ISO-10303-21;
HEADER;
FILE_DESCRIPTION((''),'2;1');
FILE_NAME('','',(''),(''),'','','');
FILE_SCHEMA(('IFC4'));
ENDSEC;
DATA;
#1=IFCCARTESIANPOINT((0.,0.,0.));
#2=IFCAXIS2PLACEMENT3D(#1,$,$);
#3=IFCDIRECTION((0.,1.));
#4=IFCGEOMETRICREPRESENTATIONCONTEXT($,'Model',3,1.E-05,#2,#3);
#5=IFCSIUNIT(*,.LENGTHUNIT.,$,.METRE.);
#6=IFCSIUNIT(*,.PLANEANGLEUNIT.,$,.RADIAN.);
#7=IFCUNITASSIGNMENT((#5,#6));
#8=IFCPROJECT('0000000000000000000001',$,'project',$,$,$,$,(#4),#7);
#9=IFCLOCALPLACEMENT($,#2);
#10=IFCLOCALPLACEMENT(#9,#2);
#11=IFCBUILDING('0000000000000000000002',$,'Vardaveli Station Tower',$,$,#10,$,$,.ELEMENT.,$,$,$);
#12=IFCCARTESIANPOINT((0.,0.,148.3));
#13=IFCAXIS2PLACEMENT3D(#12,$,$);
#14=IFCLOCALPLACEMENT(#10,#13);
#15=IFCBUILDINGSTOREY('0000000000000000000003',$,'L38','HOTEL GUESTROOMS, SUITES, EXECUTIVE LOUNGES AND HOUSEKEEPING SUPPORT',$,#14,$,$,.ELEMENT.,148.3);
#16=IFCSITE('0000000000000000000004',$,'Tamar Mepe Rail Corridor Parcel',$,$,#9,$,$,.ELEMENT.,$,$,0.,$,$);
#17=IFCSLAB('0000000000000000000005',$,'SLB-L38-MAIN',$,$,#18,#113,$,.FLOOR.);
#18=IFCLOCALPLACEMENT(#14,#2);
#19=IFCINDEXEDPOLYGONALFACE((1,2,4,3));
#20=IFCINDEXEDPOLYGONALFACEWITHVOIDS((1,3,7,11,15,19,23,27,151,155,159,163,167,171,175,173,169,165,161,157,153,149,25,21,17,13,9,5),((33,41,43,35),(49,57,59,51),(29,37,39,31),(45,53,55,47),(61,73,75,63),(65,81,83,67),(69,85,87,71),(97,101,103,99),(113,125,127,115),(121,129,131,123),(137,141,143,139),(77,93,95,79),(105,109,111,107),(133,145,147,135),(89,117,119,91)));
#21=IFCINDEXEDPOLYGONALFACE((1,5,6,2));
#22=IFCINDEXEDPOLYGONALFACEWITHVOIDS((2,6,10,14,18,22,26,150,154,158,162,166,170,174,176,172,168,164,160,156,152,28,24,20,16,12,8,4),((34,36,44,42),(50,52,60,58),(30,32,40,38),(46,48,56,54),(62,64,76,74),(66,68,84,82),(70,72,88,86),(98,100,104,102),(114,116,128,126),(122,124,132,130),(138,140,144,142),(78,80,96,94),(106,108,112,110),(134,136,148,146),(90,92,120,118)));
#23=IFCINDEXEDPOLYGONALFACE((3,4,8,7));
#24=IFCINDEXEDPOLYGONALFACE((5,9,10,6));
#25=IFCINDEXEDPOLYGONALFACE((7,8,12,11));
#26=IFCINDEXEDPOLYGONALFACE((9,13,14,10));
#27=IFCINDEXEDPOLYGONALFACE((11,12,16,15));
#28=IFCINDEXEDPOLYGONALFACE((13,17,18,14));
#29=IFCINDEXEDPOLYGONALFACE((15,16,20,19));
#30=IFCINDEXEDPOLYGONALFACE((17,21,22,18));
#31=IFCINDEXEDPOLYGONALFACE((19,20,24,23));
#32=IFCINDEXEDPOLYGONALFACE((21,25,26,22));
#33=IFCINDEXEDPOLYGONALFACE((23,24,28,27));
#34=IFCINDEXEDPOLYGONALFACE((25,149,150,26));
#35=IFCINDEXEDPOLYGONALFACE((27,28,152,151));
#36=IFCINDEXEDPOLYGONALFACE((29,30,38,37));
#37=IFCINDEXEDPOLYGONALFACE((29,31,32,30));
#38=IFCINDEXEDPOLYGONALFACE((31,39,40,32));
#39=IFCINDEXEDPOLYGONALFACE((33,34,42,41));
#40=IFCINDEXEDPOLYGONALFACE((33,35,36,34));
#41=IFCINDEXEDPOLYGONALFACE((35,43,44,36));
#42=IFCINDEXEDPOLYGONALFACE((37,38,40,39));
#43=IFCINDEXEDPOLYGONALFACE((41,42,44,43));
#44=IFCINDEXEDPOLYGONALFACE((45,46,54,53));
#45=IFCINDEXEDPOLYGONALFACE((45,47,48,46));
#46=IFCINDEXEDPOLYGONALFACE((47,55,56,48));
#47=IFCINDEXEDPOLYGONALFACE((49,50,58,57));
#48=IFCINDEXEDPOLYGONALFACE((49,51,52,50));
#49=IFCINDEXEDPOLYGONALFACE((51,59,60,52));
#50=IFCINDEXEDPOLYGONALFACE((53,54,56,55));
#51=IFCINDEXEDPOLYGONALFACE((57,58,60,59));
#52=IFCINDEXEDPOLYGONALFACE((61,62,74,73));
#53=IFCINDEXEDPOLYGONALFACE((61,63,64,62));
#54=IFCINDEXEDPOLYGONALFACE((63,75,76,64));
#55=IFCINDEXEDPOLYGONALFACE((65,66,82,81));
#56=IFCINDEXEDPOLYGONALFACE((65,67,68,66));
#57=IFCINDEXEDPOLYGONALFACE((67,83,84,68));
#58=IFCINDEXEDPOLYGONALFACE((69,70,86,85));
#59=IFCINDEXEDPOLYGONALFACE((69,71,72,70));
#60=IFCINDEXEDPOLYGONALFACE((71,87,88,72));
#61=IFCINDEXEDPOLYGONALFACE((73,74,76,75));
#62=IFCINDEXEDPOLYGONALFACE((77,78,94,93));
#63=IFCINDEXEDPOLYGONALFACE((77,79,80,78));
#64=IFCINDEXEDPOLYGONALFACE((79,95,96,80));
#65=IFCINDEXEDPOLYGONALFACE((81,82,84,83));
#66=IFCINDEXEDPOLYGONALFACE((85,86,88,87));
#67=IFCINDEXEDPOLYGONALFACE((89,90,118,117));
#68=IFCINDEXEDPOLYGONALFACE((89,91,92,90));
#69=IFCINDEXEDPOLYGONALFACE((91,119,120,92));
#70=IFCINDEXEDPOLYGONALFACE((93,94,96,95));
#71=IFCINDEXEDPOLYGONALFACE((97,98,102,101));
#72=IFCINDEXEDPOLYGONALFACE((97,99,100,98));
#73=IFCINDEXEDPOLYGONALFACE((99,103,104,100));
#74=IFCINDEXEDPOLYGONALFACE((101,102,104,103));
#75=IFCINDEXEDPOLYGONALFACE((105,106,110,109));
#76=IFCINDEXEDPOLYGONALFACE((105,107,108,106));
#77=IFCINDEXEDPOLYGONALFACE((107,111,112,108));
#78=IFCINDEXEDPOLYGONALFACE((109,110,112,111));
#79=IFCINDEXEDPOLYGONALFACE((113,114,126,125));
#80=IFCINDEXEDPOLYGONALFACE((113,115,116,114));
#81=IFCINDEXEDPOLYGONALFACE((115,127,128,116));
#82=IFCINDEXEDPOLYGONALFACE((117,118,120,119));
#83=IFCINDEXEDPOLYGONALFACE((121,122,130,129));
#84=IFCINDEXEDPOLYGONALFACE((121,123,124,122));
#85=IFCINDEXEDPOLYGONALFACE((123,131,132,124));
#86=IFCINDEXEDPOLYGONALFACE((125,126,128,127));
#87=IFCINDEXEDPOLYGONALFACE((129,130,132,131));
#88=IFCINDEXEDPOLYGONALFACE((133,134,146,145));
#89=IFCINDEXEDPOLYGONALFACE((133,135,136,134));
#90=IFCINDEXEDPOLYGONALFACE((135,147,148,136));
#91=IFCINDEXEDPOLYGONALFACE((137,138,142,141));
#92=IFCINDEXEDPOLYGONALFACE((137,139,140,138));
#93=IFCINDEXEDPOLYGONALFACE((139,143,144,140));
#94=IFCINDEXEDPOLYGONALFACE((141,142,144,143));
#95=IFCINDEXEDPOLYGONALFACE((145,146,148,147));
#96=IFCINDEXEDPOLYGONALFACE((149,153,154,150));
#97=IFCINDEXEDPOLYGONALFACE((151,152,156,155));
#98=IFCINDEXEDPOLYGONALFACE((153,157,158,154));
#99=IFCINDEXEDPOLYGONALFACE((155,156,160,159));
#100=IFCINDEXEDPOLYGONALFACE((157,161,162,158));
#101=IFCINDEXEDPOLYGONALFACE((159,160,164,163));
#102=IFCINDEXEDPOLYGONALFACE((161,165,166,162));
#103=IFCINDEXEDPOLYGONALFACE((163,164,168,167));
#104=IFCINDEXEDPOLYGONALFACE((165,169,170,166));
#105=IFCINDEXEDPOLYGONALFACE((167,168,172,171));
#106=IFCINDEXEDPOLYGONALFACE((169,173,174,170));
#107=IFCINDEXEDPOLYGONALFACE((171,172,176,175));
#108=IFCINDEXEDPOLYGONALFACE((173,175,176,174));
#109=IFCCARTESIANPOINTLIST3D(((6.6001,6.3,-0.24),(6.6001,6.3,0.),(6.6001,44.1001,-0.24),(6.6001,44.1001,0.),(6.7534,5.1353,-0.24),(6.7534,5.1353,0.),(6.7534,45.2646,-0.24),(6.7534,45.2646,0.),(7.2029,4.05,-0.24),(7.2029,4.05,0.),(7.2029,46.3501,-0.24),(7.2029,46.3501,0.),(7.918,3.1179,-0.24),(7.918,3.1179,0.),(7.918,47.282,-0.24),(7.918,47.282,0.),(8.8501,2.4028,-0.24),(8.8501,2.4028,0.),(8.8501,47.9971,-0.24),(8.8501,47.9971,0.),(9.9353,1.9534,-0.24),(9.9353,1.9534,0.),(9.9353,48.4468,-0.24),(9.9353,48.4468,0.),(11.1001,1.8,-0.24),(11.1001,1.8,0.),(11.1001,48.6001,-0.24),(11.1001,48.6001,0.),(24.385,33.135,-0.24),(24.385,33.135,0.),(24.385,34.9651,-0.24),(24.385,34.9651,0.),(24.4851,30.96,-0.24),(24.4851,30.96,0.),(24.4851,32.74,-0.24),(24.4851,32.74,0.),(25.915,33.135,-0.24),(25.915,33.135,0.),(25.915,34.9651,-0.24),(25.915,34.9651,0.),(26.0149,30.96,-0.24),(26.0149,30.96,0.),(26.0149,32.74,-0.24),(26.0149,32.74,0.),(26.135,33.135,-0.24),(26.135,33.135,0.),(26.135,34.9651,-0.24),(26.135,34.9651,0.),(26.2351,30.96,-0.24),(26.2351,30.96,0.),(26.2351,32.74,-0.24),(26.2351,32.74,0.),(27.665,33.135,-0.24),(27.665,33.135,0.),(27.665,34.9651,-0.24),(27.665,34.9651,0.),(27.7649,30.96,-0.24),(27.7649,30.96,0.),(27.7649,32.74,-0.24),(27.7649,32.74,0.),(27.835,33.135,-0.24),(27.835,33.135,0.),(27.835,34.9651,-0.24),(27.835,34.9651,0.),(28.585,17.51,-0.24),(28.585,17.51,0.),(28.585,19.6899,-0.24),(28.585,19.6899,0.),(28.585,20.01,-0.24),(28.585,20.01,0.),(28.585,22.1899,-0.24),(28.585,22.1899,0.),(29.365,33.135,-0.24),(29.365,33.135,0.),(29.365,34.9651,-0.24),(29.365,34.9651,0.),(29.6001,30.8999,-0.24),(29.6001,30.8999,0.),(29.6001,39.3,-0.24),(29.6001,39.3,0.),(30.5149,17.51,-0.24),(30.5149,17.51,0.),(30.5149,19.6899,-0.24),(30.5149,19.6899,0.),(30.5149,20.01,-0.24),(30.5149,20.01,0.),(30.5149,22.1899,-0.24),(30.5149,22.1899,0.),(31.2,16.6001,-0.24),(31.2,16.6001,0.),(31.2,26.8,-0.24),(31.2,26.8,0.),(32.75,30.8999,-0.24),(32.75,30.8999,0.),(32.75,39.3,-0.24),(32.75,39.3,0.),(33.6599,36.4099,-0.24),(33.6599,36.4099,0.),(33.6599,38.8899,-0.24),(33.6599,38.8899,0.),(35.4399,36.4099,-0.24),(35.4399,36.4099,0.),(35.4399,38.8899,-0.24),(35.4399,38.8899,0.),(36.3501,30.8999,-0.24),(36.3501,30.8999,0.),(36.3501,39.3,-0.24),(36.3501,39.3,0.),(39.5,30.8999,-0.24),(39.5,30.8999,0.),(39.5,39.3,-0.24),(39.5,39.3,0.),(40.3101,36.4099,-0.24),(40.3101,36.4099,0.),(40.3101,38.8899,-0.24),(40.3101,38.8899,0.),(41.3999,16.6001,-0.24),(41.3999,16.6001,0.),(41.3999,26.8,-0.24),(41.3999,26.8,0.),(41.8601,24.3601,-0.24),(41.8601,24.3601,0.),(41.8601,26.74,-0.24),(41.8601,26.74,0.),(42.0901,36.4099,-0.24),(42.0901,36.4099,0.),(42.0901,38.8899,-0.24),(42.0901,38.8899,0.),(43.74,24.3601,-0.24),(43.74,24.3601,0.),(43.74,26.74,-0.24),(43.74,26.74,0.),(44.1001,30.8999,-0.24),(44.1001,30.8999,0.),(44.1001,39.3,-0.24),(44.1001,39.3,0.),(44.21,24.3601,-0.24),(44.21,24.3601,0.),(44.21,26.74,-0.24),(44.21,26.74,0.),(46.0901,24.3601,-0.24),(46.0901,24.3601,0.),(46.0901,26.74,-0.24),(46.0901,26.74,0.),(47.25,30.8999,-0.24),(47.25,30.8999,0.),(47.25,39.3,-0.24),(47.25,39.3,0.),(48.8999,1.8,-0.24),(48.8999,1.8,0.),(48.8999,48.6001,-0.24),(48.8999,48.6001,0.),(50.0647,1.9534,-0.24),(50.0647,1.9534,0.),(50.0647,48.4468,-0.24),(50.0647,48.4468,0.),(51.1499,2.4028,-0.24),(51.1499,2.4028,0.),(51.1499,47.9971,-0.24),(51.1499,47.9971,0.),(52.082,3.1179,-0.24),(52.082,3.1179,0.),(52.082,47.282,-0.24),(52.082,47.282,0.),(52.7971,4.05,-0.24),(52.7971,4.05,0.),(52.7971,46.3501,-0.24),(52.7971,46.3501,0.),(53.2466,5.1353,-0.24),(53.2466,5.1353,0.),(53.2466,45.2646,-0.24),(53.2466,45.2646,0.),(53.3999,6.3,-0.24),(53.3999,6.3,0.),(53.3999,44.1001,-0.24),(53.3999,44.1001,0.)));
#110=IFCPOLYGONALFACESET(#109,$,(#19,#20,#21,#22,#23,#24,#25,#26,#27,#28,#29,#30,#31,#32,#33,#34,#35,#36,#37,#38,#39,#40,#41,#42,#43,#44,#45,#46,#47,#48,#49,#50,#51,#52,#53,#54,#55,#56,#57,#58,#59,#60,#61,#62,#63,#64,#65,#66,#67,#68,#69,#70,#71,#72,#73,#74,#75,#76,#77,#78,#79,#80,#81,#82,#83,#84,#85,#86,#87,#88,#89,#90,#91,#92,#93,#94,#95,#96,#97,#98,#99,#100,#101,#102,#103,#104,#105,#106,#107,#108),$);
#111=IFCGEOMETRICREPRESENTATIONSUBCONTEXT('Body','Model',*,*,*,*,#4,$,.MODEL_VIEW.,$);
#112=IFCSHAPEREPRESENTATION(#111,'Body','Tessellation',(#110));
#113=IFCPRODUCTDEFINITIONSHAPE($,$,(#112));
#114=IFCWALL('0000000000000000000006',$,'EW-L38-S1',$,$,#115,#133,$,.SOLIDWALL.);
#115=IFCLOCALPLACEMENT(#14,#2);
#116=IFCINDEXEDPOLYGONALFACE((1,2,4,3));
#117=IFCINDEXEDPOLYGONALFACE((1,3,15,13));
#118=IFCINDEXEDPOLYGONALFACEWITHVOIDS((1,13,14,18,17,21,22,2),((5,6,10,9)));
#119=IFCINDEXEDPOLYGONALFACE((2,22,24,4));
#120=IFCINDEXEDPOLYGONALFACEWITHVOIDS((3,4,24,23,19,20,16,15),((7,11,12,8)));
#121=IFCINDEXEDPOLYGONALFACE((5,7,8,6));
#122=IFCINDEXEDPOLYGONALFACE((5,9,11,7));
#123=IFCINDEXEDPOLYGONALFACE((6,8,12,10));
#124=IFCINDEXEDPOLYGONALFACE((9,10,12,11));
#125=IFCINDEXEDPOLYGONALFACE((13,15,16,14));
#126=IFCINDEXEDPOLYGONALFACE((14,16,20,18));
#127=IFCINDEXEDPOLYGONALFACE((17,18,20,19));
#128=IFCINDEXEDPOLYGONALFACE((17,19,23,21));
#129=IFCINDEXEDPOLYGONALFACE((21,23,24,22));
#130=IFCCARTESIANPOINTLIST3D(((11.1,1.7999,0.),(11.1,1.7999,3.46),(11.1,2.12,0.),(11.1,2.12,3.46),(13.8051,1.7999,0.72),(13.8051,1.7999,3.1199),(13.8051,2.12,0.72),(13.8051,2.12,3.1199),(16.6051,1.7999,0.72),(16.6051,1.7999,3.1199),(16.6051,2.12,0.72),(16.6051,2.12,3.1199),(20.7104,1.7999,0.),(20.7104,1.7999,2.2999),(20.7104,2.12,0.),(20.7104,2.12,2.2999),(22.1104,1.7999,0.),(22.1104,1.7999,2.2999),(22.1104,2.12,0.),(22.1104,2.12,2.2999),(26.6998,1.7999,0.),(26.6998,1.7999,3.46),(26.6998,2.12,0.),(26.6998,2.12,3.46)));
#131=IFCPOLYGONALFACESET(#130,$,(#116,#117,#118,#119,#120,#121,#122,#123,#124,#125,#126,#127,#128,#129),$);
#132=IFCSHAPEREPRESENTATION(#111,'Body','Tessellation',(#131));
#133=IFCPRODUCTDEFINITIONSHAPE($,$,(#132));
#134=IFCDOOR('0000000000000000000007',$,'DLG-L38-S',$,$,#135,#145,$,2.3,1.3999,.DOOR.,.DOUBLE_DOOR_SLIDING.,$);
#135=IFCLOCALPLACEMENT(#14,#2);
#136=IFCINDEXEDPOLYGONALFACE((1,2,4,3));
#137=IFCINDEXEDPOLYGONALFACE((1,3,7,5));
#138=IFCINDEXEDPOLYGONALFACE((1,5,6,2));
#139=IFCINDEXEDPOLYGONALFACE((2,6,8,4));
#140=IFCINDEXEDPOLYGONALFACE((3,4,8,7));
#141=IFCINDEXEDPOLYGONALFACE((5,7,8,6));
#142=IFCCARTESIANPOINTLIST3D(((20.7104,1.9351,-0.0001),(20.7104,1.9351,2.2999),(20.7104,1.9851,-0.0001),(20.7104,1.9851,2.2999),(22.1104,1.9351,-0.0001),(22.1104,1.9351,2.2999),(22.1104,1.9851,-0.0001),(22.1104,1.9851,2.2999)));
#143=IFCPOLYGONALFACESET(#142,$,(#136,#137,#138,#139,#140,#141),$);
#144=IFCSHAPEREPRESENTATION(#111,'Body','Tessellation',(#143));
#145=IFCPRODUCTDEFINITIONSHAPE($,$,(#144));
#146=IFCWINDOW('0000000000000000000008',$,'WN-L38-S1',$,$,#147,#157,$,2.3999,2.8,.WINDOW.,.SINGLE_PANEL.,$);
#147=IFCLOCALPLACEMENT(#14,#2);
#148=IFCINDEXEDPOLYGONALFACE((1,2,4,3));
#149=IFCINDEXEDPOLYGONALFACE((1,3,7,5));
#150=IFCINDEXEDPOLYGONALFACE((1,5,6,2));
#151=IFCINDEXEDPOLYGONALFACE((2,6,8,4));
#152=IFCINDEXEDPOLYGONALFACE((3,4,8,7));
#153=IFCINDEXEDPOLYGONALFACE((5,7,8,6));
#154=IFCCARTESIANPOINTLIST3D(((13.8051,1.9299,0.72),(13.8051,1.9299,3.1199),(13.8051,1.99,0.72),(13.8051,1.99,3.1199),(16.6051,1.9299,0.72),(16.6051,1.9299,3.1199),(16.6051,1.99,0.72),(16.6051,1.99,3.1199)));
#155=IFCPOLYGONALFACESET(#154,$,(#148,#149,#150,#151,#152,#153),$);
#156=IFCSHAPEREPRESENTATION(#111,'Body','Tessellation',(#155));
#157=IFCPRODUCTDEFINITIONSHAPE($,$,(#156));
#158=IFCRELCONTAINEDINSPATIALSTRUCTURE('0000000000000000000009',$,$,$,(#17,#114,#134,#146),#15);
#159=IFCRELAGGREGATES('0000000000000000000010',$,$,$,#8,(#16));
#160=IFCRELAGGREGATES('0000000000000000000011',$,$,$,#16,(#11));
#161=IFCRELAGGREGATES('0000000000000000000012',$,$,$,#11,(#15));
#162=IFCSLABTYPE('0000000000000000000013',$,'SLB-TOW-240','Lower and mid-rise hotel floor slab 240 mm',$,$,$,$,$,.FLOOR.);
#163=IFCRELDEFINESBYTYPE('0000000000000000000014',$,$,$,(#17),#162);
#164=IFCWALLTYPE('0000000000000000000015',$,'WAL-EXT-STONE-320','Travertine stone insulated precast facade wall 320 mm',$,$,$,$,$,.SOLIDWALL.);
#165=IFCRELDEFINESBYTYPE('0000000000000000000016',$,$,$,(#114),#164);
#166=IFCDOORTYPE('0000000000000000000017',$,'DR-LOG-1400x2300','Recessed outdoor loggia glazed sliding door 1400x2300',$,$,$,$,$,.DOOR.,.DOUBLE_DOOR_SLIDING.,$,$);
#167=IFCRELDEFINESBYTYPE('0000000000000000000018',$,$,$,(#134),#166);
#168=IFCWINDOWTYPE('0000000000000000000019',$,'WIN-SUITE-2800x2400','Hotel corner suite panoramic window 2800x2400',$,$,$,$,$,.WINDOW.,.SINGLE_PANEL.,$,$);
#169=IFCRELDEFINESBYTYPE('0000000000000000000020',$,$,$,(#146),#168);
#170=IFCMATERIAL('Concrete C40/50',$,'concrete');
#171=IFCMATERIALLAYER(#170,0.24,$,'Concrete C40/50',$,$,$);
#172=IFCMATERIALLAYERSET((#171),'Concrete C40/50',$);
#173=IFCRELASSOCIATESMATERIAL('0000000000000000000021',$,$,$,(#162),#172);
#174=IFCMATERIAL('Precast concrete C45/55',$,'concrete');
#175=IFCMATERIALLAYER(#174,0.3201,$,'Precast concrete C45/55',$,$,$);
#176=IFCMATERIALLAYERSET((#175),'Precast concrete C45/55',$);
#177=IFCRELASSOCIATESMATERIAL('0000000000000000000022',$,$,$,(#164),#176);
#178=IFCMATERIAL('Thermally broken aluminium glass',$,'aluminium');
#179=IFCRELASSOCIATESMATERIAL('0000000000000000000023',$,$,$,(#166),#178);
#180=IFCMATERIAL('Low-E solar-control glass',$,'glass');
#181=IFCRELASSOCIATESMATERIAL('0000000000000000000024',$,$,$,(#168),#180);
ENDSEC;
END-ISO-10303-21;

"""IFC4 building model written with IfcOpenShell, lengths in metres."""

from ifc_helpers import new_model, si_unit, direction, frame, frame_2d, origin, place, context, subcontext, project, spatial, polyline, rectangle, outline, extrude, source, transform, mapped, material, layer, layer_set, type_object, element, fill, save


model = new_model("IFC4")

# Units and contexts
model_context = context("Model", 3, precision=1e-05, world=origin(), true_north=direction((0.0, 1.0)))
body_context = subcontext(model_context, "Body", "Model", "MODEL_VIEW")
ifc_project = project(units=[si_unit("LENGTHUNIT", "METRE"), si_unit("PLANEANGLEUNIT", "RADIAN")], contexts=[model_context])

# Site, building, storey
site_placement = place(None, origin())
site = spatial("IfcSite", under=ifc_project, at=site_placement, Name="Tamar Mepe Rail Corridor Parcel", CompositionType="ELEMENT", RefElevation=0.0)
building_placement = place(site_placement, origin())
building = spatial("IfcBuilding", under=site, at=building_placement, Name="Vardaveli Station Tower", CompositionType="ELEMENT")
storey_placement = place(building_placement, frame((0.0, 0.0, 148.3)))
storey = spatial("IfcBuildingStorey", under=building, at=storey_placement, Name="L38", Description="HOTEL GUESTROOMS, SUITES, EXECUTIVE LOUNGES AND HOUSEKEEPING SUPPORT", CompositionType="ELEMENT", Elevation=148.3)

# Shared definitions
ifc_material_1 = material(Name="Concrete C40/50", Category="concrete")

# Slab
ifc_material_2 = material(Name="Precast concrete C45/55", Category="concrete")
ifc_layer_1 = layer(ifc_material_1, 0.24, Name="Concrete C40/50")
ifc_layer_set_1 = layer_set([ifc_layer_1], Name="Concrete C40/50")
slab_type_1 = type_object("IfcSlabType", Name="SLB-TOW-240", Description="Lower and mid-rise hotel floor slab 240 mm", PredefinedType="FLOOR", material=ifc_layer_set_1)
slab_1_placement = place(storey_placement, frame((0.0, 0.0, -0.24)))
element("IfcSlab", 1, at=slab_1_placement, inside=storey, type_object=slab_type_1, Name="SLB-L38-MAIN", PredefinedType="FLOOR", context=body_context, shape_type="SweptSolid", body=[
    extrude(outline(polyline([(6.6001, 6.3), (6.7534, 5.1353), (7.2029, 4.05), (7.918, 3.1179), (8.8501, 2.4028), (9.9353, 1.9534), (11.1001, 1.8), (48.8999, 1.8), (50.0647, 1.9534), (51.1499, 2.4028), (52.082, 3.1179), (52.7971, 4.05), (53.2466, 5.1353), (53.3999, 6.3), (53.3999, 44.1001), (53.2466, 45.2646), (52.7971, 46.3501), (52.082, 47.282), (51.1499, 47.9971), (50.0647, 48.4468), (48.8999, 48.6001), (11.1001, 48.6001), (9.9353, 48.4468), (8.8501, 47.9971), (7.918, 47.282), (7.2029, 46.3501), (6.7534, 45.2646), (6.6001, 44.1001), (6.6001, 6.3)]), holes=[polyline([(31.2, 16.6001), (41.3999, 16.6001), (41.3999, 26.8), (31.2, 26.8), (31.2, 16.6001)]), polyline([(32.75, 30.8999), (32.75, 39.3), (29.6001, 39.3), (29.6001, 30.8999), (32.75, 30.8999)]), polyline([(39.5, 30.8999), (39.5, 39.3), (36.3501, 39.3), (36.3501, 30.8999), (39.5, 30.8999)]), polyline([(47.25, 30.8999), (47.25, 39.3), (44.1001, 39.3), (44.1001, 30.8999), (47.25, 30.8999)]), polyline([(24.385, 33.135), (25.915, 33.135), (25.915, 34.9651), (24.385, 34.9651), (24.385, 33.135)]), polyline([(26.135, 33.135), (27.665, 33.135), (27.665, 34.9651), (26.135, 34.9651), (26.135, 33.135)]), polyline([(27.835, 33.135), (29.365, 33.135), (29.365, 34.9651), (27.835, 34.9651), (27.835, 33.135)]), polyline([(33.6599, 36.4099), (35.4399, 36.4099), (35.4399, 38.8899), (33.6599, 38.8899), (33.6599, 36.4099)]), polyline([(40.3101, 36.4099), (42.0901, 36.4099), (42.0901, 38.8899), (40.3101, 38.8899), (40.3101, 36.4099)]), polyline([(24.4851, 30.96), (26.0149, 30.96), (26.0149, 32.74), (24.4851, 32.74), (24.4851, 30.96)]), polyline([(26.2351, 30.96), (27.7649, 30.96), (27.7649, 32.74), (26.2351, 32.74), (26.2351, 30.96)]), polyline([(28.585, 17.51), (30.5149, 17.51), (30.5149, 19.6899), (28.585, 19.6899), (28.585, 17.51)]), polyline([(28.585, 20.01), (30.5149, 20.01), (30.5149, 22.1899), (28.585, 22.1899), (28.585, 20.01)]), polyline([(41.8601, 24.3601), (43.74, 24.3601), (43.74, 26.74), (41.8601, 26.74), (41.8601, 24.3601)]), polyline([(44.21, 24.3601), (46.0901, 24.3601), (46.0901, 26.74), (44.21, 26.74), (44.21, 24.3601)])]), origin(), (0.0, 0.0, 1.0), 0.24),
])

# Wall, openings, door, window
ifc_layer_2 = layer(ifc_material_2, 0.3201, Name="Precast concrete C45/55")
ifc_layer_set_2 = layer_set([ifc_layer_2], Name="Precast concrete C45/55")
wall_type = type_object("IfcWallType", Name="WAL-EXT-STONE-320", Description="Travertine stone insulated precast facade wall 320 mm", PredefinedType="SOLIDWALL", material=ifc_layer_set_2)
shared_shape_1 = source(origin(), body_context, "Body", "SweptSolid", [
    extrude(rectangle(XDim=15.5999, YDim=0.3201, at=frame_2d((7.7998, 0.0))), origin(), (0.0, 0.0, 1.0), 3.46),
])
wall_1_placement = place(storey_placement, frame((11.1001, 1.96, 0.0), z_axis=(0.0, 0.0, 1.0), x_axis=(1.0, 0.0, 0.0)))
wall_1 = element("IfcWall", 2, at=wall_1_placement, inside=storey, type_object=wall_type, Name="EW-L38-S1", PredefinedType="SOLIDWALL", context=body_context, shape_type="MappedRepresentation", body=[
    mapped(shared_shape_1, transform((0.0, 0.0, 0.0), scale=1.0)),
])
shared_shape_2 = source(origin(), body_context, "Body", "SweptSolid", [
    extrude(rectangle(XDim=1.3999, YDim=2.3, at=frame_2d((0.7, 1.1499))), frame((0.0, 0.1699, 0.0), z_axis=(0.0, -1.0, 0.0), x_axis=(1.0, 0.0, 0.0)), (0.0, 0.0, 1.0), 0.3401),
])
opening_1_placement = place(wall_1_placement, frame((9.6104, 0.0, 0.0)))
opening_1 = element("IfcOpeningElement", 3, at=opening_1_placement, cuts=wall_1, PredefinedType="OPENING", context=body_context, shape_type="MappedRepresentation", body=[
    mapped(shared_shape_2, transform((0.0, 0.0, 0.0), scale=1.0)),
])
shared_shape_3 = source(origin(), body_context, "Body", "SweptSolid", [
    extrude(rectangle(XDim=2.8, YDim=2.3999, at=frame_2d((1.3999, 1.2))), frame((0.0, 0.1699, 0.0), z_axis=(0.0, -1.0, 0.0), x_axis=(1.0, 0.0, 0.0)), (0.0, 0.0, 1.0), 0.3401),
])
opening_2_placement = place(wall_1_placement, frame((2.7051, 0.0, 0.72)))
opening_2 = element("IfcOpeningElement", 4, at=opening_2_placement, cuts=wall_1, PredefinedType="OPENING", context=body_context, shape_type="MappedRepresentation", body=[
    mapped(shared_shape_3, transform((0.0, 0.0, 0.0), scale=1.0)),
])
ifc_material_3 = material(Name="Thermally broken aluminium glass", Category="aluminium")
door_type = type_object("IfcDoorType", Name="DR-LOG-1400x2300", Description="Recessed outdoor loggia glazed sliding door 1400x2300", OperationType="DOUBLE_DOOR_SLIDING", PredefinedType="DOOR", material=ifc_material_3)
shared_shape_4 = source(origin(), body_context, "Body", "SweptSolid", [
    extrude(rectangle(XDim=1.3999, YDim=2.3, at=frame_2d((0.7, 1.1499))), frame((0.0, 0.0249, 0.0), z_axis=(0.0, -1.0, 0.0), x_axis=(1.0, 0.0, 0.0)), (0.0, 0.0, 1.0), 0.05),
])
door_placement = place(opening_1_placement, frame((1.3999, 0.0, 0.0), z_axis=(0.0, 0.0, 1.0), x_axis=(-1.0, 0.0, 0.0)))
door = element("IfcDoor", 5, at=door_placement, inside=storey, type_object=door_type, Name="DLG-L38-S", OperationType="DOUBLE_DOOR_SLIDING", OverallHeight=2.3, OverallWidth=1.3999, PredefinedType="DOOR", context=body_context, shape_type="MappedRepresentation", body=[
    mapped(shared_shape_4, transform((0.0, 0.0, 0.0), scale=1.0)),
])
fill(opening_1, door)
ifc_material_4 = material(Name="Low-E solar-control glass", Category="glass")
window_type = type_object("IfcWindowType", Name="WIN-SUITE-2800x2400", Description="Hotel corner suite panoramic window 2800x2400", PartitioningType="SINGLE_PANEL", PredefinedType="WINDOW", material=ifc_material_4)
shared_shape_5 = source(origin(), body_context, "Body", "SweptSolid", [
    extrude(rectangle(XDim=2.8, YDim=2.3999, at=frame_2d((1.3999, 1.2))), frame((0.0, 0.03, 0.0), z_axis=(0.0, -1.0, 0.0), x_axis=(1.0, 0.0, 0.0)), (0.0, 0.0, 1.0), 0.0601),
])
window_placement = place(opening_2_placement, origin())
window = element("IfcWindow", 6, at=window_placement, inside=storey, type_object=window_type, Name="WN-L38-S1", OverallHeight=2.3999, OverallWidth=2.8, PartitioningType="SINGLE_PANEL", PredefinedType="WINDOW", context=body_context, shape_type="MappedRepresentation", body=[
    mapped(shared_shape_5, transform((0.0, 0.0, 0.0), scale=1.0)),
])
fill(opening_2, window)

save(model, "model.ifc")
